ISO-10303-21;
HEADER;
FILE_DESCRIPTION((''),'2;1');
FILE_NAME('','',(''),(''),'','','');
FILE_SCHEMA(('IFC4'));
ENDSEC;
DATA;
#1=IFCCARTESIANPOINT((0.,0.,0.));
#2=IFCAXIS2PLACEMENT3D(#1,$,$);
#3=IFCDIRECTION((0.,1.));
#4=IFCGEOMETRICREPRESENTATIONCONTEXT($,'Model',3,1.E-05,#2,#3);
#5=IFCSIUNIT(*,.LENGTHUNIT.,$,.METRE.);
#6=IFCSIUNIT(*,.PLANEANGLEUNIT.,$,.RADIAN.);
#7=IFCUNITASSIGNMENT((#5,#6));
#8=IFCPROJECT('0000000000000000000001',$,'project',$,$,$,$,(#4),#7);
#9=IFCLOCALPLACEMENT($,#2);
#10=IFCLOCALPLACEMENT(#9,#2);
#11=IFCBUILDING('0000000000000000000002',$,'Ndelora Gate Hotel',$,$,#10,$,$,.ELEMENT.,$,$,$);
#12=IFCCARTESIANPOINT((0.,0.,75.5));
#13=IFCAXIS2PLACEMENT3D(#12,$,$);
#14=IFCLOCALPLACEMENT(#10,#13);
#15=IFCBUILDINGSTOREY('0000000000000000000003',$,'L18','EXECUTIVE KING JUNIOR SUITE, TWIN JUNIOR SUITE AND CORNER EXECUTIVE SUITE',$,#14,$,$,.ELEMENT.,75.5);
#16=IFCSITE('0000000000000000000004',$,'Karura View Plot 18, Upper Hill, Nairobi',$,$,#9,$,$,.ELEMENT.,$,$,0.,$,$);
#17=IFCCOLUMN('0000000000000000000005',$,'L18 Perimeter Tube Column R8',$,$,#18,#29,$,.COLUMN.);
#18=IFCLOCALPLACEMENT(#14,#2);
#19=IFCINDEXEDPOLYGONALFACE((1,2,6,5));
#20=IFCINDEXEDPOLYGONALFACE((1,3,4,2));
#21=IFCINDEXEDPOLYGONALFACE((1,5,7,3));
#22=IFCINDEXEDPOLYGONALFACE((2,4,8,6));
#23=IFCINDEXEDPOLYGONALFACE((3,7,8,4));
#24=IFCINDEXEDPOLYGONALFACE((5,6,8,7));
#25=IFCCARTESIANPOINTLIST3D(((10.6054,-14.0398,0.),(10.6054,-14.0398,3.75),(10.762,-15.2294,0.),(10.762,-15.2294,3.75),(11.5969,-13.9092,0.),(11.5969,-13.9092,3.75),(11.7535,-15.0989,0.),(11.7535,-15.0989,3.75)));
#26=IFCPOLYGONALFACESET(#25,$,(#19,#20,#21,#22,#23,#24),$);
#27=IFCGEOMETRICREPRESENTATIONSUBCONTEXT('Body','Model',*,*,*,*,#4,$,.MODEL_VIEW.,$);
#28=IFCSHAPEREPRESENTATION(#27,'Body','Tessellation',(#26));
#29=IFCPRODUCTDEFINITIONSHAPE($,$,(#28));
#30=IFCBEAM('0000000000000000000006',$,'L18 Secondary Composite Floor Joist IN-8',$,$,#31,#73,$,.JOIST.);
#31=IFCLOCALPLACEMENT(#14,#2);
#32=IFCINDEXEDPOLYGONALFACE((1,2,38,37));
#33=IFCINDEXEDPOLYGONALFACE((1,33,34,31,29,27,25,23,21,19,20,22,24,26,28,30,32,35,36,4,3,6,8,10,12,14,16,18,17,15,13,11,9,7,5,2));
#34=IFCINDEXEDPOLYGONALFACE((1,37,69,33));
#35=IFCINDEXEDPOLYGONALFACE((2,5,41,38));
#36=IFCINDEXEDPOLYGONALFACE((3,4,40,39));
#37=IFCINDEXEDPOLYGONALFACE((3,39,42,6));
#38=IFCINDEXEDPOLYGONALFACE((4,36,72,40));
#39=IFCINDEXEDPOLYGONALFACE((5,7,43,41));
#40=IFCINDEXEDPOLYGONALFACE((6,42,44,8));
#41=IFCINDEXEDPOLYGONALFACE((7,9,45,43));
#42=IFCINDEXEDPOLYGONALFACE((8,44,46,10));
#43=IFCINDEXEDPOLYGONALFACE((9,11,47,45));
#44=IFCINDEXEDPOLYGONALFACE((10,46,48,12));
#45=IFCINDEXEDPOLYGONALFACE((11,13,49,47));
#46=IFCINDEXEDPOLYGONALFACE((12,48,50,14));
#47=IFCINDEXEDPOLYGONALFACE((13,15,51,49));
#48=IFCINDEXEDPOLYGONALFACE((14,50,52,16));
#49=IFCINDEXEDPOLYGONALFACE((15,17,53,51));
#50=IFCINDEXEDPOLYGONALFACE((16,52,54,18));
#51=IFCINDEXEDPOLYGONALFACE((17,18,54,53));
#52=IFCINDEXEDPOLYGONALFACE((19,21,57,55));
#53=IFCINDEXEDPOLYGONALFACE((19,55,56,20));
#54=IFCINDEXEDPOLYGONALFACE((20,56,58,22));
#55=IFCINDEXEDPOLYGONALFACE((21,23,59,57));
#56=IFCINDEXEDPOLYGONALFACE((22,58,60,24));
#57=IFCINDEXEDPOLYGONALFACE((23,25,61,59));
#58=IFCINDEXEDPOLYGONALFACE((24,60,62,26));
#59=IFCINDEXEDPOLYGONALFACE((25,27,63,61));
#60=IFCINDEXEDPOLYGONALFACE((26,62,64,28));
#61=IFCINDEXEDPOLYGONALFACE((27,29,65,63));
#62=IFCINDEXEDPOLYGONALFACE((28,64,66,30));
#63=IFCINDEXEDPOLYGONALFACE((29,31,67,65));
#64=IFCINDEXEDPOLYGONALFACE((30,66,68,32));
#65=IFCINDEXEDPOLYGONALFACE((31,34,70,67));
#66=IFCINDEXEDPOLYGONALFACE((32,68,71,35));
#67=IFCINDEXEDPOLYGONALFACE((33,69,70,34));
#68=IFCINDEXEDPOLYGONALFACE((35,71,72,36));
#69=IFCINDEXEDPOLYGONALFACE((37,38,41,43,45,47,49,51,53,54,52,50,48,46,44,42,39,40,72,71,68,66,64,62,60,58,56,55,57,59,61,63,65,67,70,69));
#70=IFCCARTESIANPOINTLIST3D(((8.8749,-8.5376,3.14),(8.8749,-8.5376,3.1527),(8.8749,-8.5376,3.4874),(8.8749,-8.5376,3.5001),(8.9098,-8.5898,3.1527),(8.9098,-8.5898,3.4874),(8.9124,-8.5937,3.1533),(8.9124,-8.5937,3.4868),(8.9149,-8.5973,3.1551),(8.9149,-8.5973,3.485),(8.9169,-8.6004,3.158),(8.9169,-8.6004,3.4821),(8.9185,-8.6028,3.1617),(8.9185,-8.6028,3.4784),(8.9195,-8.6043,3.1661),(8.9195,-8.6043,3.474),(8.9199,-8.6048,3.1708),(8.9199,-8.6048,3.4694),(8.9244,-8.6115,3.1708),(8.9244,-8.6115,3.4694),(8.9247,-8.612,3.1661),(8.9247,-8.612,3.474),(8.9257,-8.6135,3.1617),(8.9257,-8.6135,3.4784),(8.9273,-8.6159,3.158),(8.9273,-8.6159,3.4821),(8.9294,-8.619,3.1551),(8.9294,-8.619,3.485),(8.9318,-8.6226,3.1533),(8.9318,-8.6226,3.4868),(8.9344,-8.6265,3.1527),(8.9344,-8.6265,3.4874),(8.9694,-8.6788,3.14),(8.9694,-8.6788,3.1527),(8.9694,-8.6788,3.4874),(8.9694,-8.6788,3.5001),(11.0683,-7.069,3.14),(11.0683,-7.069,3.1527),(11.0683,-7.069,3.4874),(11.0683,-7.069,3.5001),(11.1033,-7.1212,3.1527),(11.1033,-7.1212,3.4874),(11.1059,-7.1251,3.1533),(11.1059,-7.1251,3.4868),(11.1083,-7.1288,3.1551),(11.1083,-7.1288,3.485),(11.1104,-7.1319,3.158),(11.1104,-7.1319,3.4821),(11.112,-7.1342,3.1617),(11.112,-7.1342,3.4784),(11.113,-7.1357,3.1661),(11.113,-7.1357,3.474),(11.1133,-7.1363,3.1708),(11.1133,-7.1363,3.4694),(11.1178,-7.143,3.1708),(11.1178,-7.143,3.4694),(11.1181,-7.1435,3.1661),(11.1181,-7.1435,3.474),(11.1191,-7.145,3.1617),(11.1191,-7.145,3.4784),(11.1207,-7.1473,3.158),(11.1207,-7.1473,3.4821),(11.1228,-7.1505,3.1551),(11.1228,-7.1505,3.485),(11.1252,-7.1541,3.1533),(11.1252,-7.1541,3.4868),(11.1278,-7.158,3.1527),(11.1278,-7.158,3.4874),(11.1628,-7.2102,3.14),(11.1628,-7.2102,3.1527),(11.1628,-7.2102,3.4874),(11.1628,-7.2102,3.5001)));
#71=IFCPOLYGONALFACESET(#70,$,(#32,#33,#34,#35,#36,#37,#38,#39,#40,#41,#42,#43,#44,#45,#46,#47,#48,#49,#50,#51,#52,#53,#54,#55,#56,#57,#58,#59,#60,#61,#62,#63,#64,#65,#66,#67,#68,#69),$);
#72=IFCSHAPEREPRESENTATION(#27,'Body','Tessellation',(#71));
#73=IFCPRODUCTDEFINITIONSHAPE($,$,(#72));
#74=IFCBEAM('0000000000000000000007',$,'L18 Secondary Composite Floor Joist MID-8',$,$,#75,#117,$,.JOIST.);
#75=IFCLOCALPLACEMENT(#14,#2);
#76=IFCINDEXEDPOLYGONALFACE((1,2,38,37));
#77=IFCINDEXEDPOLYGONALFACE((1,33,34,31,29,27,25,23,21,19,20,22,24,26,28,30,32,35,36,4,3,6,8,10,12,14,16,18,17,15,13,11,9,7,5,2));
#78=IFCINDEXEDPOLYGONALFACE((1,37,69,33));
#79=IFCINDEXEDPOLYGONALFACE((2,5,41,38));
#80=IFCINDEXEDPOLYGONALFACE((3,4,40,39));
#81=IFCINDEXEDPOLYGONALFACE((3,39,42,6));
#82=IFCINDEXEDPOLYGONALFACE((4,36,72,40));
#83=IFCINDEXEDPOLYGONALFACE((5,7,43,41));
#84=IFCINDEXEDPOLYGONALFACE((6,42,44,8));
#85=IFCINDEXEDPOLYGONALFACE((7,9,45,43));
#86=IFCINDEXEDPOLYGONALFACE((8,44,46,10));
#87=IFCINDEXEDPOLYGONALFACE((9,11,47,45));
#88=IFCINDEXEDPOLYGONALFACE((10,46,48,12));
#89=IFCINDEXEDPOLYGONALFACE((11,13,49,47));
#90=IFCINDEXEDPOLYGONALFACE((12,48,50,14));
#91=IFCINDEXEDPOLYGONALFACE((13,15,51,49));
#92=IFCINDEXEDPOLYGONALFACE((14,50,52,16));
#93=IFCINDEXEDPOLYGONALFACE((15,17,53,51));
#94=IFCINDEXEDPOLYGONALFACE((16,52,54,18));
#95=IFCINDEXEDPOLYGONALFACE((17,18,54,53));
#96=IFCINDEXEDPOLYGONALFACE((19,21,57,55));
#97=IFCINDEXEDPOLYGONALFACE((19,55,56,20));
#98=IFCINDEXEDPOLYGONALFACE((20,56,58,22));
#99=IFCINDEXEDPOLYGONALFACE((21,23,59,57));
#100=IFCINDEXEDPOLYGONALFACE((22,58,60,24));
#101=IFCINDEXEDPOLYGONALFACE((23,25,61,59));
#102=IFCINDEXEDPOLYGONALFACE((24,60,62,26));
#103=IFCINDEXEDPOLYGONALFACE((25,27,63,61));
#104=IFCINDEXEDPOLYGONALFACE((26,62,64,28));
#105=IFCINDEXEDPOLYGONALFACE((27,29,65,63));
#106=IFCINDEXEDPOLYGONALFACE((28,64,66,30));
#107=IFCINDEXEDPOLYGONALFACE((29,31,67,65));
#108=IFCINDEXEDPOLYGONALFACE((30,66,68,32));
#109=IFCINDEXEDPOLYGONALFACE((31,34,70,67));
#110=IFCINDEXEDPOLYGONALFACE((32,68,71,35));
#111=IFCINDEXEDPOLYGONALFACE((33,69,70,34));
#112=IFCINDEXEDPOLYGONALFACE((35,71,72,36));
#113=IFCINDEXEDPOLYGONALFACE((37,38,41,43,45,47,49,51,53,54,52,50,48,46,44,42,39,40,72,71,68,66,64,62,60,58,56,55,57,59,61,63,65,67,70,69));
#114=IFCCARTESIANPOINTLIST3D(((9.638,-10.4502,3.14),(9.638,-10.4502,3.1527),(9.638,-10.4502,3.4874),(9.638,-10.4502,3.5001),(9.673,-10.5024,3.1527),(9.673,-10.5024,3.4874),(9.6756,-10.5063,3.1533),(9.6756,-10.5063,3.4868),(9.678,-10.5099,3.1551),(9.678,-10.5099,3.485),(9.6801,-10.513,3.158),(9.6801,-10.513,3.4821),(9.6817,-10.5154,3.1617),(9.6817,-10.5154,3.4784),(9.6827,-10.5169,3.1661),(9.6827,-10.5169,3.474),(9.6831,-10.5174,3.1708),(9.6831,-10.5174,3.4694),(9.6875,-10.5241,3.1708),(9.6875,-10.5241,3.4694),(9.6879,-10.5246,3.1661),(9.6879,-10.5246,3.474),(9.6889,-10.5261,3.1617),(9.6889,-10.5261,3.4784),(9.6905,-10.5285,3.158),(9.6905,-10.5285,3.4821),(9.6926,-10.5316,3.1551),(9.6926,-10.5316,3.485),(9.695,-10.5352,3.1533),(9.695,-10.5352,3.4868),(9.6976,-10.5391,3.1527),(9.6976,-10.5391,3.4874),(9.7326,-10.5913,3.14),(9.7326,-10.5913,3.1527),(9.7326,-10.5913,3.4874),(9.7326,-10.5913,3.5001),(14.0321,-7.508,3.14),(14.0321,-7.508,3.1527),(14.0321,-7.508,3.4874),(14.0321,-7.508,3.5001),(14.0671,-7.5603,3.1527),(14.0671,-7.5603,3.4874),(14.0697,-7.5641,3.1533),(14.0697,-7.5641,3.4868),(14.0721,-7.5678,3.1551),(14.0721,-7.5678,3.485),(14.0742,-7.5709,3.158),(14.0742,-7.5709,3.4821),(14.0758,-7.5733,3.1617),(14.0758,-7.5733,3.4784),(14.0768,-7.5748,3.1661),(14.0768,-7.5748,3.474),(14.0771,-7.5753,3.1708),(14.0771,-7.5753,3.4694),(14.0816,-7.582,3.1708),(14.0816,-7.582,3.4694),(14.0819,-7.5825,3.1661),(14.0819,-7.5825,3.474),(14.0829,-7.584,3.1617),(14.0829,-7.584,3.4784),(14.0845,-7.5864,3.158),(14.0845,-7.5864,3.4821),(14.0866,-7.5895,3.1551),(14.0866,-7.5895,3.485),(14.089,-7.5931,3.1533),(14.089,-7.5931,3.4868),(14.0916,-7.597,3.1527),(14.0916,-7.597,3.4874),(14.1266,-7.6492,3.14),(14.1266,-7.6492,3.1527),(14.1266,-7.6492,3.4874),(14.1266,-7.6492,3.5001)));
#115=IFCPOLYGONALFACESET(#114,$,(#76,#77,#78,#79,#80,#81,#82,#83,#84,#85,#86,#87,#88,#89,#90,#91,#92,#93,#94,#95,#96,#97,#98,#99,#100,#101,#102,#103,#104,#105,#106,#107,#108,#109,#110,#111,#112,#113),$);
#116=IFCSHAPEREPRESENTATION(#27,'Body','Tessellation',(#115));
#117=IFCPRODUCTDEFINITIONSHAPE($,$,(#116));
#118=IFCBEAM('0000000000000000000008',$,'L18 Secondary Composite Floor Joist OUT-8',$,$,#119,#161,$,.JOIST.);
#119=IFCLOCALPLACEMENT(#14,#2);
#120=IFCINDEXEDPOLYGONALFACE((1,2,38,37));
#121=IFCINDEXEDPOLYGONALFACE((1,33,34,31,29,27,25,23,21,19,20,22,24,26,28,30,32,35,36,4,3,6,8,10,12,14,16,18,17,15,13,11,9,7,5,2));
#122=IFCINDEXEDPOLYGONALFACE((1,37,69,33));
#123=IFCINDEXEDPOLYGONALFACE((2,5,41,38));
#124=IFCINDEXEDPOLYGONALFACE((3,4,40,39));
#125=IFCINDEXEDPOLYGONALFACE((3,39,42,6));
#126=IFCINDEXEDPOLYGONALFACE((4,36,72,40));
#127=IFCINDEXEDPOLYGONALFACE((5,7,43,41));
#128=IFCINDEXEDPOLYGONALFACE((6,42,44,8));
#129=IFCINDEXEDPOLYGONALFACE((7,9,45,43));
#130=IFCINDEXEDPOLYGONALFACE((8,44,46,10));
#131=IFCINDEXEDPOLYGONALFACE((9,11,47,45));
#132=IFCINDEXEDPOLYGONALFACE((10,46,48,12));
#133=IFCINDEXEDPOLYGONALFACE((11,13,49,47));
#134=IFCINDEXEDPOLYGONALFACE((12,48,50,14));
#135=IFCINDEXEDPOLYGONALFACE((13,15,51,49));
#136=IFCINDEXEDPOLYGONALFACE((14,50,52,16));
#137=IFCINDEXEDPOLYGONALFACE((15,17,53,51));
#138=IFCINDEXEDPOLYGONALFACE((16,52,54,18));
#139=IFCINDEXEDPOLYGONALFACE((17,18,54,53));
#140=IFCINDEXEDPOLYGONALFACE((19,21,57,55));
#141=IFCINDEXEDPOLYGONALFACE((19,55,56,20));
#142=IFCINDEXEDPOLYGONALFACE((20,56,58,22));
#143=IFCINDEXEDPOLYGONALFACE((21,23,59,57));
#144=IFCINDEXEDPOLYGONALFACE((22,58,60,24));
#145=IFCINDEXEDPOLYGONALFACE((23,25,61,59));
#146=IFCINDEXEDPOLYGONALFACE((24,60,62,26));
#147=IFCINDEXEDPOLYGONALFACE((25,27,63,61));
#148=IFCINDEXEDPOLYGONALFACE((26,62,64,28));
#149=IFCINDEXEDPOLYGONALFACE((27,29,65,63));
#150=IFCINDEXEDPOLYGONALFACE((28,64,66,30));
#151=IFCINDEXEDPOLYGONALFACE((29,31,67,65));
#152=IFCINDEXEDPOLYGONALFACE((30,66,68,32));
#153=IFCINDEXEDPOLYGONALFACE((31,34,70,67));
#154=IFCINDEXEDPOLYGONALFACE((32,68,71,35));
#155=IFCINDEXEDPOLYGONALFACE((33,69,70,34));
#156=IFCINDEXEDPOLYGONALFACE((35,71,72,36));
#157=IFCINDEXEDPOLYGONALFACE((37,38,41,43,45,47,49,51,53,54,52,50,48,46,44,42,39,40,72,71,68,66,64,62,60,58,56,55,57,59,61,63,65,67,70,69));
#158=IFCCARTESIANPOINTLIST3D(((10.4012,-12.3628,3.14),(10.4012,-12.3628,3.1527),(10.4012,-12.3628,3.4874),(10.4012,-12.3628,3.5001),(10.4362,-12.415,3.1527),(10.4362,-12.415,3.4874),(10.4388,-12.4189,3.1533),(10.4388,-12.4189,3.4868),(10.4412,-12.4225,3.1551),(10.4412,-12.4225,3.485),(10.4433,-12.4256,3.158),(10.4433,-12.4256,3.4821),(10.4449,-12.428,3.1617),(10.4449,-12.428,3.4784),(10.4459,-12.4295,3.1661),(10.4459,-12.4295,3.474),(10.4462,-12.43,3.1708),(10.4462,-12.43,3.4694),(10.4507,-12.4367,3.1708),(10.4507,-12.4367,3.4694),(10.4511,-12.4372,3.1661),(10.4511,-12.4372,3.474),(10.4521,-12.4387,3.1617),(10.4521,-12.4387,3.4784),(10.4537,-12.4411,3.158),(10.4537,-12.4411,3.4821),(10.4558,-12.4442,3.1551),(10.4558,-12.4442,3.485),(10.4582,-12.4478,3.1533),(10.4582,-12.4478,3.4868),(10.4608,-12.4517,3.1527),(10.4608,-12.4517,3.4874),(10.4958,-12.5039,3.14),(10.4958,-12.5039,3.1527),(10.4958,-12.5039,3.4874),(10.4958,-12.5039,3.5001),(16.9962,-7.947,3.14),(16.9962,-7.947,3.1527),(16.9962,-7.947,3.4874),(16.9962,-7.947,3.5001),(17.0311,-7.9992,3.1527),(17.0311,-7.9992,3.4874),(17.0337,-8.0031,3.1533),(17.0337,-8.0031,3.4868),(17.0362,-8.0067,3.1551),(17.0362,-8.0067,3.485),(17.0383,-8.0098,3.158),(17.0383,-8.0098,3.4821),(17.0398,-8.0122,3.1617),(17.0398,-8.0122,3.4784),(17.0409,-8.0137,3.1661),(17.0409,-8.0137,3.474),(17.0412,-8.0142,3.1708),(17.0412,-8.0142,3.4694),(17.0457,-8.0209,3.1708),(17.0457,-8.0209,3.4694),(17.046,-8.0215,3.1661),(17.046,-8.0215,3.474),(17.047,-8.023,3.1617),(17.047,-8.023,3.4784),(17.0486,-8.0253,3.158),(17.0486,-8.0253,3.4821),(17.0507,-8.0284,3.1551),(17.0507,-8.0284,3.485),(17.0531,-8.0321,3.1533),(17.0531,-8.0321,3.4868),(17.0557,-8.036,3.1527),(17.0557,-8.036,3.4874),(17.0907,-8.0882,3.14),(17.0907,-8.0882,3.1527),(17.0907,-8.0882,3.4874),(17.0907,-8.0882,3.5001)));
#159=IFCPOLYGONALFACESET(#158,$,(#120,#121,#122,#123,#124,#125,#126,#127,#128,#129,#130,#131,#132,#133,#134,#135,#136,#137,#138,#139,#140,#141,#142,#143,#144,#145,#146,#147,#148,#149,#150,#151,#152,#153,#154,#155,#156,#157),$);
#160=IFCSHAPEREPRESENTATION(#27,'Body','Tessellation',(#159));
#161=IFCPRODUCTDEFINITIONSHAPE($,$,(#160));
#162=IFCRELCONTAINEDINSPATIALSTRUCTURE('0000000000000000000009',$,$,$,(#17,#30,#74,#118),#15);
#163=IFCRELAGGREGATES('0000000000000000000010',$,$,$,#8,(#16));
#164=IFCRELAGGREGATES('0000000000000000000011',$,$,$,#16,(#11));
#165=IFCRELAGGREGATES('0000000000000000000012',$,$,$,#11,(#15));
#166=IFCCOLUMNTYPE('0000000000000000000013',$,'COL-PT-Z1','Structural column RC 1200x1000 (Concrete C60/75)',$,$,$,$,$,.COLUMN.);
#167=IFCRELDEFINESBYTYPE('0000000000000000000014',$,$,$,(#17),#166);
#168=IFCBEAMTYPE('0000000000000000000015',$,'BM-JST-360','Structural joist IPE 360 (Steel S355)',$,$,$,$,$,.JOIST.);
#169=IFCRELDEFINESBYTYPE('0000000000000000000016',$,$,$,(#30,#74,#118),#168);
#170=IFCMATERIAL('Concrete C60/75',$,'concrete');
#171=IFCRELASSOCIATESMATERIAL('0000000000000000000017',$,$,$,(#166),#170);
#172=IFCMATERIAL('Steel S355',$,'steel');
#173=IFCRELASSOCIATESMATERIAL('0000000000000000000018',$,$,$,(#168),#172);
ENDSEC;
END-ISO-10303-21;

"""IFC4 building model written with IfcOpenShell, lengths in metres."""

from ifc_helpers import new_model, si_unit, direction, frame, origin, origin_2d, place, context, subcontext, project, spatial, rectangle, i_section, extrude, material, material_profile, profile_set, type_object, element, save


model = new_model("IFC4")

# Units and contexts
model_context = context("Model", 3, precision=1e-05, world=origin(), true_north=direction((0.0, 1.0)))
body_context = subcontext(model_context, "Body", "Model", "MODEL_VIEW")
ifc_project = project(units=[si_unit("LENGTHUNIT", "METRE"), si_unit("PLANEANGLEUNIT", "RADIAN")], contexts=[model_context])

# Site, building, storey
site_placement = place(None, origin())
site = spatial("IfcSite", under=ifc_project, at=site_placement, Name="Karura View Plot 18, Upper Hill, Nairobi", CompositionType="ELEMENT", RefElevation=0.0)
building_placement = place(site_placement, origin())
building = spatial("IfcBuilding", under=site, at=building_placement, Name="Ndelora Gate Hotel", CompositionType="ELEMENT")
storey_placement = place(building_placement, frame((0.0, 0.0, 75.5)))
storey = spatial("IfcBuildingStorey", under=building, at=storey_placement, Name="L18", Description="EXECUTIVE KING JUNIOR SUITE, TWIN JUNIOR SUITE AND CORNER EXECUTIVE SUITE", CompositionType="ELEMENT", Elevation=75.5)

# Column
ifc_material_1 = material(Name="Concrete C60/75", Category="concrete")
ifc_material_profile_1 = material_profile(ifc_material_1, rectangle(XDim=1.0, YDim=1.2, at=origin_2d()), Name="RC 1200x1000")
ifc_profile_set_1 = profile_set([ifc_material_profile_1], Name="Concrete C60/75")
column_type = type_object("IfcColumnType", Name="COL-PT-Z1", Description="Structural column RC 1200x1000 (Concrete C60/75)", PredefinedType="COLUMN", material=ifc_profile_set_1)
column_placement = place(storey_placement, frame((11.1794, -14.5693, 0.0), z_axis=(0.0, 0.0, 1.0), x_axis=(0.991445, 0.130526, 0.0)))
element("IfcColumn", 1, at=column_placement, inside=storey, type_object=column_type, Name="L18 Perimeter Tube Column R8", PredefinedType="COLUMN", context=body_context, shape_type="SweptSolid", body=[
    extrude(rectangle(XDim=1.0, YDim=1.2, at=origin_2d()), origin(), (0.0, 0.0, 1.0), 3.75),
])

# Beams
ifc_material_2 = material(Name="Steel S355", Category="steel")
ifc_material_profile_2 = material_profile(ifc_material_2, i_section(OverallWidth=0.1699, OverallDepth=0.3601, WebThickness=0.0081, FlangeThickness=0.0127, FilletRadius=0.0181, at=origin_2d()), Name="IPE 360")
ifc_profile_set_2 = profile_set([ifc_material_profile_2], Name="Steel S355")
beam_type_1 = type_object("IfcBeamType", Name="BM-JST-360", Description="Structural joist IPE 360 (Steel S355)", PredefinedType="JOIST", material=ifc_profile_set_2)
beam_1_placement = place(storey_placement, frame((8.9221, -8.6082, 3.3201), z_axis=(0.830953, 0.556343, 0.0), x_axis=(-0.556343, 0.830953, 0.0)))
element("IfcBeam", 2, at=beam_1_placement, inside=storey, type_object=beam_type_1, Name="L18 Secondary Composite Floor Joist IN-8", PredefinedType="JOIST", context=body_context, shape_type="SweptSolid", body=[
    extrude(i_section(OverallWidth=0.1699, OverallDepth=0.3601, WebThickness=0.0081, FlangeThickness=0.0127, FilletRadius=0.0181, at=origin_2d()), origin(), (0.0, 0.0, 1.0), 2.6396),
])
beam_2_placement = place(storey_placement, frame((9.6853, -10.5208, 3.3201), z_axis=(0.830933, 0.556372, 0.0), x_axis=(-0.556372, 0.830933, 0.0)))
element("IfcBeam", 3, at=beam_2_placement, inside=storey, type_object=beam_type_1, Name="L18 Secondary Composite Floor Joist MID-8", PredefinedType="JOIST", context=body_context, shape_type="SweptSolid", body=[
    extrude(i_section(OverallWidth=0.1699, OverallDepth=0.3601, WebThickness=0.0081, FlangeThickness=0.0127, FilletRadius=0.0181, at=origin_2d()), origin(), (0.0, 0.0, 1.0), 5.2881),
])
beam_3_placement = place(storey_placement, frame((10.4485, -12.4333, 3.3201), z_axis=(0.830937, 0.556367, 0.0), x_axis=(-0.556367, 0.830937, 0.0)))
element("IfcBeam", 4, at=beam_3_placement, inside=storey, type_object=beam_type_1, Name="L18 Secondary Composite Floor Joist OUT-8", PredefinedType="JOIST", context=body_context, shape_type="SweptSolid", body=[
    extrude(i_section(OverallWidth=0.1699, OverallDepth=0.3601, WebThickness=0.0081, FlangeThickness=0.0127, FilletRadius=0.0181, at=origin_2d()), origin(), (0.0, 0.0, 1.0), 7.9368),
])

save(model, "model.ifc")
